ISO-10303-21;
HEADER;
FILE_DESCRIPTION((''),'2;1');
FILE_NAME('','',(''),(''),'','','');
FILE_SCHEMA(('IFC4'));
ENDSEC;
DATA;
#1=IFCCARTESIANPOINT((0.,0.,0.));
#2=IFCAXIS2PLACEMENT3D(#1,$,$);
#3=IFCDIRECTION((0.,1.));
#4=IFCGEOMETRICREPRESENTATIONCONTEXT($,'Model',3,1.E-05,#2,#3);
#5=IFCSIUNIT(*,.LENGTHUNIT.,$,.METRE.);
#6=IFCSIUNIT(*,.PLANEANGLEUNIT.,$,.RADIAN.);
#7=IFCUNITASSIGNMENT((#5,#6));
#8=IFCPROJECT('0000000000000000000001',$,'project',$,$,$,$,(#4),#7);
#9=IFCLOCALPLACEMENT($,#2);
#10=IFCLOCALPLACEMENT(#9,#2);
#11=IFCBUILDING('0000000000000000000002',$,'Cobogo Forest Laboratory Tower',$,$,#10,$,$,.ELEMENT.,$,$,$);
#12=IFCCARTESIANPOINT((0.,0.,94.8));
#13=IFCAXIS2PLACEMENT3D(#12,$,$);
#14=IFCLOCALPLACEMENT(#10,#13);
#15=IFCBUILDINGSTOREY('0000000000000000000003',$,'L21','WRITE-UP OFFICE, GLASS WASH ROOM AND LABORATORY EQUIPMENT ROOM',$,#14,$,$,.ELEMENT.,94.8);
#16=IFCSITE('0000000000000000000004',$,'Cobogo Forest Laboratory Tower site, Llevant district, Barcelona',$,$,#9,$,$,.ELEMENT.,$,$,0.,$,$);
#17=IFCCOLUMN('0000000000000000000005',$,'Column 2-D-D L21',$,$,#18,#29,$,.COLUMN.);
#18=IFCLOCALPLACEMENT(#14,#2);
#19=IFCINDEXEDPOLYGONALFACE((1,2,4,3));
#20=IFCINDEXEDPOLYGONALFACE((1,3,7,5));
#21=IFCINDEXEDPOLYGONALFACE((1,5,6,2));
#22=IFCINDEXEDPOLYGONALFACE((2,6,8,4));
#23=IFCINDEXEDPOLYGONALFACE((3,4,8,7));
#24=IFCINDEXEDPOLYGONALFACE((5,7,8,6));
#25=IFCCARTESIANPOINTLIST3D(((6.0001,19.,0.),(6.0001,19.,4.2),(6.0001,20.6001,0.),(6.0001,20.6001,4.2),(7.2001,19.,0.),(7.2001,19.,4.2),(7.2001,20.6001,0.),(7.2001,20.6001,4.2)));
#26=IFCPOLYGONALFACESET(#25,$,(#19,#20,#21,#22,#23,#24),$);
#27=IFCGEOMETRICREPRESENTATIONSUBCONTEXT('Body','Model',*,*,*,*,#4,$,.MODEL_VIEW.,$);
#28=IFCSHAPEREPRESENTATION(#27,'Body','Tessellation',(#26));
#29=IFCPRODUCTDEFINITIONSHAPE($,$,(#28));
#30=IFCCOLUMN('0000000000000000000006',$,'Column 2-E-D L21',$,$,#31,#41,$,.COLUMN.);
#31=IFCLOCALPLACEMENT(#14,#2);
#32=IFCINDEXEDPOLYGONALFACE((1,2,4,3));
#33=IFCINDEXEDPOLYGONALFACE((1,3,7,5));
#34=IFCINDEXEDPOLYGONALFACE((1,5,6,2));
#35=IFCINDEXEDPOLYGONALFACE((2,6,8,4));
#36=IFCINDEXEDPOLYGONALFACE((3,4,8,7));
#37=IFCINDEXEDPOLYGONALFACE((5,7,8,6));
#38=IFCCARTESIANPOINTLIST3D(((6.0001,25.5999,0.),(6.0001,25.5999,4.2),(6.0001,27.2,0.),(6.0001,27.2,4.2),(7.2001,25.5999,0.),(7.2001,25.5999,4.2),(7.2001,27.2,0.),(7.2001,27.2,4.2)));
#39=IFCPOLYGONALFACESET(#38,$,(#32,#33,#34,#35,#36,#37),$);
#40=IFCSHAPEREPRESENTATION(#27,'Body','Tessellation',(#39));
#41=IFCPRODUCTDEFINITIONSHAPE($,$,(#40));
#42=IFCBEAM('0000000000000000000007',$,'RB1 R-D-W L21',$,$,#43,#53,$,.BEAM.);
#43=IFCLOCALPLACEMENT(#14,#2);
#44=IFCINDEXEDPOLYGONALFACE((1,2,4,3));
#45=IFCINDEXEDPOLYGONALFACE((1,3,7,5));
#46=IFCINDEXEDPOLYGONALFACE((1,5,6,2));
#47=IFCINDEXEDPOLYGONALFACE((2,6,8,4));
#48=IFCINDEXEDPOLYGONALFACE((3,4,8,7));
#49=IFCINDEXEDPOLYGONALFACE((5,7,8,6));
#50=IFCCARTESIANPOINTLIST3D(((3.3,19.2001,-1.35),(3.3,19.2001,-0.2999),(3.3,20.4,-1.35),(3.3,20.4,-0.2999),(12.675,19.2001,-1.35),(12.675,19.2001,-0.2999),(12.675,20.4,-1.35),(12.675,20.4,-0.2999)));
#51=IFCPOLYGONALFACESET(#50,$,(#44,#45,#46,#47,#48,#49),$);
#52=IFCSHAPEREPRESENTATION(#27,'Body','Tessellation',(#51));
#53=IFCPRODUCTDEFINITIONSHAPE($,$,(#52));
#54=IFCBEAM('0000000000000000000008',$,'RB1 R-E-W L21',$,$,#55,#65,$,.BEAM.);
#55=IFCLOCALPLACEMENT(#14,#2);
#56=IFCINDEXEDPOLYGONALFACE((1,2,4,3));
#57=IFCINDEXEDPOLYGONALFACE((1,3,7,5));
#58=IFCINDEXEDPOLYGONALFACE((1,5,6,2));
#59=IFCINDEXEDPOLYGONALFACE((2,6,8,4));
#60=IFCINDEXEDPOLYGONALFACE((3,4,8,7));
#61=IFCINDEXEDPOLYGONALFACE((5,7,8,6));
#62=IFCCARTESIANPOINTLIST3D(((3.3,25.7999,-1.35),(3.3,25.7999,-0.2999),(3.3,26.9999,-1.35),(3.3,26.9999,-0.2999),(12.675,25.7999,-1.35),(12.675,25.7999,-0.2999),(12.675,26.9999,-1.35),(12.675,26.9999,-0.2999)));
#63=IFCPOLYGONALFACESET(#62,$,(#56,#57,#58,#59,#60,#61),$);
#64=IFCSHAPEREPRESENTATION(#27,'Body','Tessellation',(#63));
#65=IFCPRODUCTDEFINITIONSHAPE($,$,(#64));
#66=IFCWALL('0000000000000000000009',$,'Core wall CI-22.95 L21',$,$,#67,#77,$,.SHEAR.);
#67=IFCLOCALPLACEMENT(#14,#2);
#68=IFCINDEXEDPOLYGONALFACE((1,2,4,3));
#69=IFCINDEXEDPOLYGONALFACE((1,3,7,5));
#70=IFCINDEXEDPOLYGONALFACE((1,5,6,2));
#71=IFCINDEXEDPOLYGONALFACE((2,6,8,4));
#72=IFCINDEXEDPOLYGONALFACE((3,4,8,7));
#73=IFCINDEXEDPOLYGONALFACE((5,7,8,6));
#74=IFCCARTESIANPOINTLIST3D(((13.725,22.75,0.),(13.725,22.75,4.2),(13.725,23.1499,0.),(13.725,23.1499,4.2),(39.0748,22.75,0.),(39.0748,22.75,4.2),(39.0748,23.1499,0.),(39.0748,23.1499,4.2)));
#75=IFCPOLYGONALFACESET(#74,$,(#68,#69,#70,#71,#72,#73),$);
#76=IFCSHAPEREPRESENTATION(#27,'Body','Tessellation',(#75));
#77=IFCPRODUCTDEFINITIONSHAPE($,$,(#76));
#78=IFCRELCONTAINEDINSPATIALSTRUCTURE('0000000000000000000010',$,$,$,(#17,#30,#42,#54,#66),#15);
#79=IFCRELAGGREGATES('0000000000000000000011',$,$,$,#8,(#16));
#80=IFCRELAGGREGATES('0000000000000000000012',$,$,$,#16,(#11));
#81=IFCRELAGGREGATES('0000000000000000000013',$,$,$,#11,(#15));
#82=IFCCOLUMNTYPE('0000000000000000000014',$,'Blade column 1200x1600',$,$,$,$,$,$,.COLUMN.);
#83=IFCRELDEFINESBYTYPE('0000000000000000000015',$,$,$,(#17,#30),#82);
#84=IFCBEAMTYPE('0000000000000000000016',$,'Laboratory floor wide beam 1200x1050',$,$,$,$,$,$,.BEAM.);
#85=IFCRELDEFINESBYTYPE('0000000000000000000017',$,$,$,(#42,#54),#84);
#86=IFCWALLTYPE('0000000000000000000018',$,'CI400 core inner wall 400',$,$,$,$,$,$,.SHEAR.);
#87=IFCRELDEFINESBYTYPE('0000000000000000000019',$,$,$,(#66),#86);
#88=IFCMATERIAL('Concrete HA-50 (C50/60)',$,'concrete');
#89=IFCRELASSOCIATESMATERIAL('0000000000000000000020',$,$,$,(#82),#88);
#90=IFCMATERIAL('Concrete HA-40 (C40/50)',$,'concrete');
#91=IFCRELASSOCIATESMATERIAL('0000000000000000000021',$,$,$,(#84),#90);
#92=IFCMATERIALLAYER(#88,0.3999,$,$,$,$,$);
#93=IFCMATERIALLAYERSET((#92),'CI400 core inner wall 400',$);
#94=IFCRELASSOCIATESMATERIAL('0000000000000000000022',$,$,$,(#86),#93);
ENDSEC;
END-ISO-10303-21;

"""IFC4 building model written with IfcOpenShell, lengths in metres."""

from ifc_helpers import new_model, si_unit, direction, frame, frame_2d, origin, origin_2d, place, context, subcontext, project, spatial, rectangle, extrude, material, layer, layer_set, material_profile, profile_set, type_object, element, save


model = new_model("IFC4")

# Units and contexts
model_context = context("Model", 3, precision=1e-05, world=origin(), true_north=direction((0.0, 1.0)))
body_context = subcontext(model_context, "Body", "Model", "MODEL_VIEW")
ifc_project = project(units=[si_unit("LENGTHUNIT", "METRE"), si_unit("PLANEANGLEUNIT", "RADIAN")], contexts=[model_context])

# Site, building, storey
site_placement = place(None, origin())
site = spatial("IfcSite", under=ifc_project, at=site_placement, Name="Cobogo Forest Laboratory Tower site, Llevant district, Barcelona", CompositionType="ELEMENT", RefElevation=0.0)
building_placement = place(site_placement, origin())
building = spatial("IfcBuilding", under=site, at=building_placement, Name="Cobogo Forest Laboratory Tower", CompositionType="ELEMENT")
storey_placement = place(building_placement, frame((0.0, 0.0, 94.8)))
storey = spatial("IfcBuildingStorey", under=building, at=storey_placement, Name="L21", Description="WRITE-UP OFFICE, GLASS WASH ROOM AND LABORATORY EQUIPMENT ROOM", CompositionType="ELEMENT", Elevation=94.8)

# Columns
ifc_material_1 = material(Name="Concrete HA-50 (C50/60)", Category="concrete")
ifc_material_profile_1 = material_profile(ifc_material_1, rectangle(XDim=1.6001, YDim=1.2, at=origin_2d()), Name="RC 1200x1600")
ifc_profile_set_1 = profile_set([ifc_material_profile_1], Name="Concrete HA-50 (C50/60)")
column_type = type_object("IfcColumnType", Name="Blade column 1200x1600", PredefinedType="COLUMN", material=ifc_profile_set_1)
for number, where, z_axis, x_axis, name in (
    (1, (6.6001, 19.8, 0.0), (0.0, 0.0, 1.0), (0.0, 1.0, 0.0), "Column 2-D-D L21"),
    (2, (6.6001, 26.3999, 0.0), (0.0, 0.0, 1.0), (0.0, 1.0, 0.0), "Column 2-E-D L21"),
):
    element("IfcColumn", number, at=place(storey_placement, frame(where, z_axis=z_axis, x_axis=x_axis)), inside=storey, type_object=column_type, Name=name, PredefinedType="COLUMN", context=body_context, shape_type="SweptSolid", body=[
        extrude(rectangle(XDim=1.6001, YDim=1.2, at=origin_2d()), origin(), (0.0, 0.0, 1.0), 4.2),
    ])

# Beams
ifc_material_2 = material(Name="Concrete HA-40 (C40/50)", Category="concrete")
ifc_material_profile_2 = material_profile(ifc_material_2, rectangle(XDim=1.2, YDim=1.05, at=origin_2d()), Name="RC 1200x1050")
ifc_profile_set_2 = profile_set([ifc_material_profile_2], Name="Concrete HA-40 (C40/50)")
beam_type = type_object("IfcBeamType", Name="Laboratory floor wide beam 1200x1050", PredefinedType="BEAM", material=ifc_profile_set_2)
for number, where, z_axis, x_axis, name in (
    (3, (12.675, 19.8, -0.825), (-1.0, 0.0, 0.0), (0.0, -1.0, 0.0), "RB1 R-D-W L21"),
    (4, (12.675, 26.3999, -0.825), (-1.0, 0.0, 0.0), (0.0, -1.0, 0.0), "RB1 R-E-W L21"),
):
    element("IfcBeam", number, at=place(storey_placement, frame(where, z_axis=z_axis, x_axis=x_axis)), inside=storey, type_object=beam_type, Name=name, PredefinedType="BEAM", context=body_context, shape_type="SweptSolid", body=[
        extrude(rectangle(XDim=1.2, YDim=1.05, at=origin_2d()), origin(), (0.0, 0.0, 1.0), 9.375),
    ])

# Wall
ifc_layer_1 = layer(ifc_material_1, 0.3999)
ifc_layer_set_1 = layer_set([ifc_layer_1], Name="CI400 core inner wall 400")
wall_type_1 = type_object("IfcWallType", Name="CI400 core inner wall 400", PredefinedType="SHEAR", material=ifc_layer_set_1)
wall_1_placement = place(storey_placement, frame((13.7251, 22.95, 0.0), z_axis=(0.0, 0.0, 1.0), x_axis=(1.0, 0.0, 0.0)))
element("IfcWall", 5, at=wall_1_placement, inside=storey, type_object=wall_type_1, Name="Core wall CI-22.95 L21", PredefinedType="SHEAR", context=body_context, shape_type="SweptSolid", body=[
    extrude(rectangle(XDim=25.3499, YDim=0.3999, at=frame_2d((12.6748, 0.0))), origin(), (0.0, 0.0, 1.0), 4.2),
])

save(model, "model.ifc")
